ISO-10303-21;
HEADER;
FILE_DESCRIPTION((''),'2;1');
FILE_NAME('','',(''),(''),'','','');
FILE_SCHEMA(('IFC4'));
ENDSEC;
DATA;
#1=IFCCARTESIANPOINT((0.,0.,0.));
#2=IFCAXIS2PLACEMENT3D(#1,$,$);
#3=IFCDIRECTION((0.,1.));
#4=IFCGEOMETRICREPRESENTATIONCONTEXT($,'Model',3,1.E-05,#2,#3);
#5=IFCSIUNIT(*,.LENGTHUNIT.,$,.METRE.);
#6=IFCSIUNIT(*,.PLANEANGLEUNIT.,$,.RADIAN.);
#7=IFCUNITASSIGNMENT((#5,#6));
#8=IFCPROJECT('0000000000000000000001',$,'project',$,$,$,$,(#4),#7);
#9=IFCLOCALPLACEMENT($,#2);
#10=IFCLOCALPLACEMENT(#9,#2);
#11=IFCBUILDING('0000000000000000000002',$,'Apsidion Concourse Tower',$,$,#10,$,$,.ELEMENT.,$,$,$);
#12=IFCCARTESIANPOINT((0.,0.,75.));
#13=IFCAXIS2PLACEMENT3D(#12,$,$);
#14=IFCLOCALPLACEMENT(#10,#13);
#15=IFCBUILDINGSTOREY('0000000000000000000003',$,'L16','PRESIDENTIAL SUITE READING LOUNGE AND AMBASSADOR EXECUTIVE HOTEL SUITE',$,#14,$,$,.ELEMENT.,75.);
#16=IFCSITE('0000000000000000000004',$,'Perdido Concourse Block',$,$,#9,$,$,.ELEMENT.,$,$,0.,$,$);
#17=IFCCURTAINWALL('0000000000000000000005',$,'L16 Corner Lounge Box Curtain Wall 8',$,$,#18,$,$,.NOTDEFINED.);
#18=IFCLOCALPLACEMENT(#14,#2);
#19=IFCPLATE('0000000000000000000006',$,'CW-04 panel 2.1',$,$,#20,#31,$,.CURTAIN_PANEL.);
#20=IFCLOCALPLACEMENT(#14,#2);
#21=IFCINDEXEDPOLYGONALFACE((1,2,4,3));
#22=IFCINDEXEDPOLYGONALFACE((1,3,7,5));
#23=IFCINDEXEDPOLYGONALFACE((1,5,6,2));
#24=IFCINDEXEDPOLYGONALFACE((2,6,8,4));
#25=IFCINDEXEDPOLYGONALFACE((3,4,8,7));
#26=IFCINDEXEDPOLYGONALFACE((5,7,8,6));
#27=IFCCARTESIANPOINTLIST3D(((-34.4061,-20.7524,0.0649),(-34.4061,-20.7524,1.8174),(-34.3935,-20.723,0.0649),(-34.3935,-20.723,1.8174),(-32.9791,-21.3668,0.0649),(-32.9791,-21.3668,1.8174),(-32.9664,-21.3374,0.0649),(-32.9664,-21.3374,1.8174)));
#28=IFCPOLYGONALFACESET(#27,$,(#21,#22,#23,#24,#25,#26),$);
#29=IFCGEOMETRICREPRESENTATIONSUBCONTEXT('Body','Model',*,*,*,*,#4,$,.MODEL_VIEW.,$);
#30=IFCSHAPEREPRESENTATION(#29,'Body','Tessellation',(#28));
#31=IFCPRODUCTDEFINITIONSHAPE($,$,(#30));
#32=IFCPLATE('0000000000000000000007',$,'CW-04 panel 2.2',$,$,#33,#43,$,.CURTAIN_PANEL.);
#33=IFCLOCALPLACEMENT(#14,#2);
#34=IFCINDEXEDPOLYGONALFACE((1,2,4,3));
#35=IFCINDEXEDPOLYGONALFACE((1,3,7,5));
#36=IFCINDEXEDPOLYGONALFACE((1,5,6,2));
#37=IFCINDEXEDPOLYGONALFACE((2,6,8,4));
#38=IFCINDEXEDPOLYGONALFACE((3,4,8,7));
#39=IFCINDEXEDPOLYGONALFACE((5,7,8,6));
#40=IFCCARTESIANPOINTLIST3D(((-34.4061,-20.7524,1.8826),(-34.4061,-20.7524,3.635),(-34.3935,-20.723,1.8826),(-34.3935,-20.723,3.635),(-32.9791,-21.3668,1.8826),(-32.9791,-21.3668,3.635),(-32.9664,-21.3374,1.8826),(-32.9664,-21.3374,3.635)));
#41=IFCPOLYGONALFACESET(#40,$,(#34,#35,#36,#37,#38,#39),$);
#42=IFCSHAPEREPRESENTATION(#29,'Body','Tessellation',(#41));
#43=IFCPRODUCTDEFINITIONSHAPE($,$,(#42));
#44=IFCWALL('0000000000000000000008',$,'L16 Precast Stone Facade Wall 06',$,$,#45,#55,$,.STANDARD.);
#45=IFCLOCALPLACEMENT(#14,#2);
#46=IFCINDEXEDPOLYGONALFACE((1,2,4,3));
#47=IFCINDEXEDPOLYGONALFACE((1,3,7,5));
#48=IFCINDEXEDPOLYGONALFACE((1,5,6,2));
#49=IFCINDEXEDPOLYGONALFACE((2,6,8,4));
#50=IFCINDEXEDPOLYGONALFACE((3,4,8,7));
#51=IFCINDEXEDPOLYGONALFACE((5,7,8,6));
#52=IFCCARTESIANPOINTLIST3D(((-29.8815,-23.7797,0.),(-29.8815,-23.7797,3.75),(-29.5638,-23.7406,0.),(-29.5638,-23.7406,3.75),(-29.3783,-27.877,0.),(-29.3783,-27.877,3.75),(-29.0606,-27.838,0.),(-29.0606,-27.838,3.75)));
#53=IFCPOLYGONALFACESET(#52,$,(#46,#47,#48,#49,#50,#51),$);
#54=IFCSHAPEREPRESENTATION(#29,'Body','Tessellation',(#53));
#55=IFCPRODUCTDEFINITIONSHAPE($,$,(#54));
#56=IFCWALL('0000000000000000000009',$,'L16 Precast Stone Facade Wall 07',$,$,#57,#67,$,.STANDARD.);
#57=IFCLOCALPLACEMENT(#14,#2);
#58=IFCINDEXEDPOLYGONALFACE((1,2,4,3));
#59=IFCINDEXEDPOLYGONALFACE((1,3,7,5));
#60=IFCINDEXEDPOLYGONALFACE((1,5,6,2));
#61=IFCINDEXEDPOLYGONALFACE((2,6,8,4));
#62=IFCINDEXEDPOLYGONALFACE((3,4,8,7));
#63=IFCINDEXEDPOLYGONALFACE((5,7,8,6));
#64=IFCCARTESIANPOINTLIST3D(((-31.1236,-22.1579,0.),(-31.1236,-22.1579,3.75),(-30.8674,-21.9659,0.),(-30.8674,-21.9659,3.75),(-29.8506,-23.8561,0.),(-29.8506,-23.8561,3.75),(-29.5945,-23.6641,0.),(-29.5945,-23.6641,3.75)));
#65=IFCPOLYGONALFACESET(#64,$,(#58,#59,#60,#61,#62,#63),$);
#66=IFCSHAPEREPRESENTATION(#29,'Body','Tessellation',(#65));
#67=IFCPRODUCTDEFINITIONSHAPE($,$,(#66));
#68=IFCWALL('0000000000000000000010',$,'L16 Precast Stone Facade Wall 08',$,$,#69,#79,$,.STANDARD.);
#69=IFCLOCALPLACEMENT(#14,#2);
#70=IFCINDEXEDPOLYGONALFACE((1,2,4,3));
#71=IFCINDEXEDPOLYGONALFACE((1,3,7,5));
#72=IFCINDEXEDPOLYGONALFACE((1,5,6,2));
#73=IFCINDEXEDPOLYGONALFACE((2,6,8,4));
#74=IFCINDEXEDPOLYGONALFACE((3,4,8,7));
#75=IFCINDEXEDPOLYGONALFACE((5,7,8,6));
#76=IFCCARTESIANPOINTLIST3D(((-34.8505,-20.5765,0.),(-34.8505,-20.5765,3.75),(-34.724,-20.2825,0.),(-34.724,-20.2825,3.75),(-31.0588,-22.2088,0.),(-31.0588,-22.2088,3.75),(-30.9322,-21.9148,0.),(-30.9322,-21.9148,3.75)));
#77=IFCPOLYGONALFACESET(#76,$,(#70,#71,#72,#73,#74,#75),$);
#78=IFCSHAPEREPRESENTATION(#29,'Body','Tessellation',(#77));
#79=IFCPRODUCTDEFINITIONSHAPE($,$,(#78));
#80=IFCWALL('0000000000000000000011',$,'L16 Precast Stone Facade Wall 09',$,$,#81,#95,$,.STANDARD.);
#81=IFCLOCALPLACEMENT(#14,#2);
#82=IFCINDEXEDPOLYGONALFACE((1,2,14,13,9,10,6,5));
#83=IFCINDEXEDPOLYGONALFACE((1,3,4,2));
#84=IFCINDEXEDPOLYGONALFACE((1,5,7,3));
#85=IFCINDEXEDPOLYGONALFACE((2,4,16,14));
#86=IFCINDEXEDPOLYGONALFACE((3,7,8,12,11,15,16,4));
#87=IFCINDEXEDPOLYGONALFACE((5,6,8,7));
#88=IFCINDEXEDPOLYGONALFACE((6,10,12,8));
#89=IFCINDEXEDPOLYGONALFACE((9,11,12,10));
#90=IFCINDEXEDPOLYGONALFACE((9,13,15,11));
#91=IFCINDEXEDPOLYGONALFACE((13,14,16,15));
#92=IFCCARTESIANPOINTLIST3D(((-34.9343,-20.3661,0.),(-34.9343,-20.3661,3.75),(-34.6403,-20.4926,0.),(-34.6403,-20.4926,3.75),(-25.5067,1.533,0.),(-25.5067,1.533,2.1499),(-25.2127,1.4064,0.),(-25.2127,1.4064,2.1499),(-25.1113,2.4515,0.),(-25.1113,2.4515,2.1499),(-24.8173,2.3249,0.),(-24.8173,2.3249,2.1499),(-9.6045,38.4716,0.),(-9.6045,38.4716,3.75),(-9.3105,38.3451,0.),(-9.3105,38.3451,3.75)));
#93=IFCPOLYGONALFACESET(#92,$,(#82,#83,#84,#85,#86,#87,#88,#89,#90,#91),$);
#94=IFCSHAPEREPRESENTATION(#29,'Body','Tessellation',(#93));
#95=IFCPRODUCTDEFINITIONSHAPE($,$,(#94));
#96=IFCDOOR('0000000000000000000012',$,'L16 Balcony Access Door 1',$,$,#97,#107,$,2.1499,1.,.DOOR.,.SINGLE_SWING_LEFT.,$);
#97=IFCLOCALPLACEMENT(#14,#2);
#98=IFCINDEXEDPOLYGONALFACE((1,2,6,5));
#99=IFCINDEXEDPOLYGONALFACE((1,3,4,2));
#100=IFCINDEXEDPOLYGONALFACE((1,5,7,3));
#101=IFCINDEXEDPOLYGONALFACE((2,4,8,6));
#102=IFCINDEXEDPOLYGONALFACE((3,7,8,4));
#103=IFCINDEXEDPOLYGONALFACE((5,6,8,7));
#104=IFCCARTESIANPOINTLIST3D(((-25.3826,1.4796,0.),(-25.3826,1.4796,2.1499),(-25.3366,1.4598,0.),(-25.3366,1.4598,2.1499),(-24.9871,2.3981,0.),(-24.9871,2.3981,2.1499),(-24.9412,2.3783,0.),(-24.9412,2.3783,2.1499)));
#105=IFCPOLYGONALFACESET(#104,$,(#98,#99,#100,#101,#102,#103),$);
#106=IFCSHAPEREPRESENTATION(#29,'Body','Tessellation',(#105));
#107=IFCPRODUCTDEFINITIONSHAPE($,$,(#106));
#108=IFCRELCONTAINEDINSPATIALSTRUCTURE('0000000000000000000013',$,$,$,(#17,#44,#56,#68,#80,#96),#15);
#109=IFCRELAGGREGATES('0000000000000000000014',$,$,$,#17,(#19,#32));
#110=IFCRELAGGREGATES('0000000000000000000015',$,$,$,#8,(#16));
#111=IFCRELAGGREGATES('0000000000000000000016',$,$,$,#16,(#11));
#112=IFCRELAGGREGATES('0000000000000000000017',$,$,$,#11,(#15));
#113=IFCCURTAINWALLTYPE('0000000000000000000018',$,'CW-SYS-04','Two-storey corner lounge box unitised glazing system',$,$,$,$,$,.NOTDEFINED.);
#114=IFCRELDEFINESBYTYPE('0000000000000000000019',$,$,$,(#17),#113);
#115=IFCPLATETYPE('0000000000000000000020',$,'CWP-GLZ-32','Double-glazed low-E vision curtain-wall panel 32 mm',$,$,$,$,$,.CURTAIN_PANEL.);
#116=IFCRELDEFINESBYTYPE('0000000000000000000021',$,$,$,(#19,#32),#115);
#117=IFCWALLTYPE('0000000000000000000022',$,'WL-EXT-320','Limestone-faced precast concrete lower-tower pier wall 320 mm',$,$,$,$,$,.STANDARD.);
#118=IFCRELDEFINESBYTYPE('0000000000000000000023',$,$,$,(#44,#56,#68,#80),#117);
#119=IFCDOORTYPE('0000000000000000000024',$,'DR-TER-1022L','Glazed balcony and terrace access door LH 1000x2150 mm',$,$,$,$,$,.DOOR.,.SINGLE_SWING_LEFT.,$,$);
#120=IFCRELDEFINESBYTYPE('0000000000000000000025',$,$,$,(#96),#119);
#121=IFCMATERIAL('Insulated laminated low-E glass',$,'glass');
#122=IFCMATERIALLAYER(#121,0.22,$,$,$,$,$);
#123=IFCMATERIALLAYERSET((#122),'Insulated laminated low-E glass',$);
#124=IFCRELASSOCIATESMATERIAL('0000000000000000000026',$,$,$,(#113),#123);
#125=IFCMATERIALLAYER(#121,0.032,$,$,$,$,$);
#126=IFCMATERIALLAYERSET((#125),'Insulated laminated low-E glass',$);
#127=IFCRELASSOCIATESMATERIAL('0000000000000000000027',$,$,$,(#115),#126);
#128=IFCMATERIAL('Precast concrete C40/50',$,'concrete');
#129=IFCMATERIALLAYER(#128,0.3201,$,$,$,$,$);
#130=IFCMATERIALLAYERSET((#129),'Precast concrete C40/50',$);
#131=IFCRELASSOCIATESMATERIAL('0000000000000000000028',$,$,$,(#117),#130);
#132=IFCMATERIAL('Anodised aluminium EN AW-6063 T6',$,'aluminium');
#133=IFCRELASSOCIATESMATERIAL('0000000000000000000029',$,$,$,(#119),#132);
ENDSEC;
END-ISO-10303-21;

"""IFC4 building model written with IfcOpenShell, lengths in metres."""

from ifc_helpers import new_model, si_unit, direction, frame, frame_2d, origin, origin_2d, place, context, subcontext, project, spatial, rectangle, extrude, material, layer, layer_set, type_object, element, fill, aggregate, save


model = new_model("IFC4")

# Units and contexts
model_context = context("Model", 3, precision=1e-05, world=origin(), true_north=direction((0.0, 1.0)))
body_context = subcontext(model_context, "Body", "Model", "MODEL_VIEW")
ifc_project = project(units=[si_unit("LENGTHUNIT", "METRE"), si_unit("PLANEANGLEUNIT", "RADIAN")], contexts=[model_context])

# Site, building, storey
site_placement = place(None, origin())
site = spatial("IfcSite", under=ifc_project, at=site_placement, Name="Perdido Concourse Block", CompositionType="ELEMENT", RefElevation=0.0)
building_placement = place(site_placement, origin())
building = spatial("IfcBuilding", under=site, at=building_placement, Name="Apsidion Concourse Tower", CompositionType="ELEMENT")
storey_placement = place(building_placement, frame((0.0, 0.0, 75.0)))
storey = spatial("IfcBuildingStorey", under=building, at=storey_placement, Name="L16", Description="PRESIDENTIAL SUITE READING LOUNGE AND AMBASSADOR EXECUTIVE HOTEL SUITE", CompositionType="ELEMENT", Elevation=75.0)

# Curtain wall
ifc_material_1 = material(Name="Insulated laminated low-E glass", Category="glass")
ifc_layer_1 = layer(ifc_material_1, 0.22)
ifc_layer_set_1 = layer_set([ifc_layer_1], Name="Insulated laminated low-E glass")
curtain_wall_type = type_object("IfcCurtainWallType", Name="CW-SYS-04", Description="Two-storey corner lounge box unitised glazing system", PredefinedType="NOTDEFINED", material=ifc_layer_set_1)
ifc_material_2 = material(Name="Anodised aluminium EN AW-6063 T6", Category="aluminium")
curtain_wall_1_placement = place(storey_placement, origin())
curtain_wall_1 = element("IfcCurtainWall", 1, at=curtain_wall_1_placement, inside=storey, type_object=curtain_wall_type, Name="L16 Corner Lounge Box Curtain Wall 8", PredefinedType="NOTDEFINED")

# Plates
ifc_layer_2 = layer(ifc_material_1, 0.032)
ifc_layer_set_2 = layer_set([ifc_layer_2], Name="Insulated laminated low-E glass")
plate_type = type_object("IfcPlateType", Name="CWP-GLZ-32", Description="Double-glazed low-E vision curtain-wall panel 32 mm", PredefinedType="CURTAIN_PANEL", material=ifc_layer_set_2)
plate_1_placement = place(storey_placement, frame((-33.6863, -21.0449, 0.0649), z_axis=(0.0, 0.0, 1.0), x_axis=(-0.918495, 0.395432, 0.0)))
plate_1 = element("IfcPlate", 2, at=plate_1_placement, type_object=plate_type, Name="CW-04 panel 2.1", PredefinedType="CURTAIN_PANEL", context=body_context, shape_type="SweptSolid", body=[
    extrude(rectangle(XDim=1.5537, YDim=0.032, at=origin_2d()), origin(), (0.0, 0.0, 1.0), 1.7524),
])
plate_2_placement = place(storey_placement, frame((-33.6863, -21.0449, 1.8826), z_axis=(0.0, 0.0, 1.0), x_axis=(-0.918495, 0.395432, 0.0)))
plate_2 = element("IfcPlate", 3, at=plate_2_placement, type_object=plate_type, Name="CW-04 panel 2.2", PredefinedType="CURTAIN_PANEL", context=body_context, shape_type="SweptSolid", body=[
    extrude(rectangle(XDim=1.5537, YDim=0.032, at=origin_2d()), origin(), (0.0, 0.0, 1.0), 1.7524),
])
aggregate(curtain_wall_1, [plate_1, plate_2])

# Walls
ifc_material_3 = material(Name="Precast concrete C40/50", Category="concrete")
ifc_layer_3 = layer(ifc_material_3, 0.3201)
ifc_layer_set_3 = layer_set([ifc_layer_3], Name="Precast concrete C40/50")
wall_type = type_object("IfcWallType", Name="WL-EXT-320", Description="Limestone-faced precast concrete lower-tower pier wall 320 mm", PredefinedType="STANDARD", material=ifc_layer_set_3)
wall_1_placement = place(storey_placement, frame((-29.2195, -27.8574, 0.0), z_axis=(0.0, 0.0, 1.0), x_axis=(-0.121887, 0.992544, 0.0)))
element("IfcWall", 4, at=wall_1_placement, inside=storey, type_object=wall_type, Name="L16 Precast Stone Facade Wall 06", PredefinedType="STANDARD", context=body_context, shape_type="SweptSolid", body=[
    extrude(rectangle(XDim=4.1282, YDim=0.3201, at=frame_2d((2.064, 0.0))), origin(), (0.0, 0.0, 1.0), 3.75),
])
wall_2_placement = place(storey_placement, frame((-29.7227, -23.76, 0.0), z_axis=(0.0, 0.0, 1.0), x_axis=(-0.599779, 0.800166, 0.0)))
element("IfcWall", 5, at=wall_2_placement, inside=storey, type_object=wall_type, Name="L16 Precast Stone Facade Wall 07", PredefinedType="STANDARD", context=body_context, shape_type="SweptSolid", body=[
    extrude(rectangle(XDim=2.1223, YDim=0.3201, at=frame_2d((1.061, 0.0))), origin(), (0.0, 0.0, 1.0), 3.75),
])
wall_3_placement = place(storey_placement, frame((-30.9956, -22.0618, 0.0), z_axis=(0.0, 0.0, 1.0), x_axis=(-0.918504, 0.395411, 0.0)))
element("IfcWall", 6, at=wall_3_placement, inside=storey, type_object=wall_type, Name="L16 Precast Stone Facade Wall 08", PredefinedType="STANDARD", context=body_context, shape_type="SweptSolid", body=[
    extrude(rectangle(XDim=4.1282, YDim=0.3201, at=frame_2d((2.064, 0.0))), origin(), (0.0, 0.0, 1.0), 3.75),
])

# Wall, opening, door
wall_4_placement = place(storey_placement, frame((-34.7874, -20.4294, 0.0), z_axis=(0.0, 0.0, 1.0), x_axis=(0.395418, 0.918501, 0.0)))
wall_4 = element("IfcWall", 7, at=wall_4_placement, inside=storey, type_object=wall_type, Name="L16 Precast Stone Facade Wall 09", PredefinedType="STANDARD", context=body_context, shape_type="SweptSolid", body=[
    extrude(rectangle(XDim=64.0583, YDim=0.3201, at=frame_2d((32.0293, 0.0))), origin(), (0.0, 0.0, 1.0), 3.75),
])
opening_placement = place(wall_4_placement, frame((23.8423, 0.0, 0.0)))
opening = element("IfcOpeningElement", 8, at=opening_placement, cuts=wall_4, PredefinedType="OPENING", context=body_context, shape_type="SweptSolid", body=[
    extrude(rectangle(XDim=1.0, YDim=2.1499, at=frame_2d((0.5, 1.075))), frame((0.0, 0.1699, 0.0), z_axis=(0.0, -1.0, 0.0), x_axis=(1.0, 0.0, 0.0)), (0.0, 0.0, 1.0), 0.3401),
])
door_type = type_object("IfcDoorType", Name="DR-TER-1022L", Description="Glazed balcony and terrace access door LH 1000x2150 mm", OperationType="SINGLE_SWING_LEFT", PredefinedType="DOOR", material=ifc_material_2)
door_placement = place(opening_placement, origin())
door = element("IfcDoor", 9, at=door_placement, inside=storey, type_object=door_type, Name="L16 Balcony Access Door 1", OperationType="SINGLE_SWING_LEFT", OverallHeight=2.1499, OverallWidth=1.0, PredefinedType="DOOR", context=body_context, shape_type="SweptSolid", body=[
    extrude(rectangle(XDim=1.0, YDim=2.1499, at=frame_2d((0.5, 1.075))), frame((0.0, 0.0249, 0.0), z_axis=(0.0, -1.0, 0.0), x_axis=(1.0, 0.0, 0.0)), (0.0, 0.0, 1.0), 0.05),
])
fill(opening, door)

save(model, "model.ifc")
